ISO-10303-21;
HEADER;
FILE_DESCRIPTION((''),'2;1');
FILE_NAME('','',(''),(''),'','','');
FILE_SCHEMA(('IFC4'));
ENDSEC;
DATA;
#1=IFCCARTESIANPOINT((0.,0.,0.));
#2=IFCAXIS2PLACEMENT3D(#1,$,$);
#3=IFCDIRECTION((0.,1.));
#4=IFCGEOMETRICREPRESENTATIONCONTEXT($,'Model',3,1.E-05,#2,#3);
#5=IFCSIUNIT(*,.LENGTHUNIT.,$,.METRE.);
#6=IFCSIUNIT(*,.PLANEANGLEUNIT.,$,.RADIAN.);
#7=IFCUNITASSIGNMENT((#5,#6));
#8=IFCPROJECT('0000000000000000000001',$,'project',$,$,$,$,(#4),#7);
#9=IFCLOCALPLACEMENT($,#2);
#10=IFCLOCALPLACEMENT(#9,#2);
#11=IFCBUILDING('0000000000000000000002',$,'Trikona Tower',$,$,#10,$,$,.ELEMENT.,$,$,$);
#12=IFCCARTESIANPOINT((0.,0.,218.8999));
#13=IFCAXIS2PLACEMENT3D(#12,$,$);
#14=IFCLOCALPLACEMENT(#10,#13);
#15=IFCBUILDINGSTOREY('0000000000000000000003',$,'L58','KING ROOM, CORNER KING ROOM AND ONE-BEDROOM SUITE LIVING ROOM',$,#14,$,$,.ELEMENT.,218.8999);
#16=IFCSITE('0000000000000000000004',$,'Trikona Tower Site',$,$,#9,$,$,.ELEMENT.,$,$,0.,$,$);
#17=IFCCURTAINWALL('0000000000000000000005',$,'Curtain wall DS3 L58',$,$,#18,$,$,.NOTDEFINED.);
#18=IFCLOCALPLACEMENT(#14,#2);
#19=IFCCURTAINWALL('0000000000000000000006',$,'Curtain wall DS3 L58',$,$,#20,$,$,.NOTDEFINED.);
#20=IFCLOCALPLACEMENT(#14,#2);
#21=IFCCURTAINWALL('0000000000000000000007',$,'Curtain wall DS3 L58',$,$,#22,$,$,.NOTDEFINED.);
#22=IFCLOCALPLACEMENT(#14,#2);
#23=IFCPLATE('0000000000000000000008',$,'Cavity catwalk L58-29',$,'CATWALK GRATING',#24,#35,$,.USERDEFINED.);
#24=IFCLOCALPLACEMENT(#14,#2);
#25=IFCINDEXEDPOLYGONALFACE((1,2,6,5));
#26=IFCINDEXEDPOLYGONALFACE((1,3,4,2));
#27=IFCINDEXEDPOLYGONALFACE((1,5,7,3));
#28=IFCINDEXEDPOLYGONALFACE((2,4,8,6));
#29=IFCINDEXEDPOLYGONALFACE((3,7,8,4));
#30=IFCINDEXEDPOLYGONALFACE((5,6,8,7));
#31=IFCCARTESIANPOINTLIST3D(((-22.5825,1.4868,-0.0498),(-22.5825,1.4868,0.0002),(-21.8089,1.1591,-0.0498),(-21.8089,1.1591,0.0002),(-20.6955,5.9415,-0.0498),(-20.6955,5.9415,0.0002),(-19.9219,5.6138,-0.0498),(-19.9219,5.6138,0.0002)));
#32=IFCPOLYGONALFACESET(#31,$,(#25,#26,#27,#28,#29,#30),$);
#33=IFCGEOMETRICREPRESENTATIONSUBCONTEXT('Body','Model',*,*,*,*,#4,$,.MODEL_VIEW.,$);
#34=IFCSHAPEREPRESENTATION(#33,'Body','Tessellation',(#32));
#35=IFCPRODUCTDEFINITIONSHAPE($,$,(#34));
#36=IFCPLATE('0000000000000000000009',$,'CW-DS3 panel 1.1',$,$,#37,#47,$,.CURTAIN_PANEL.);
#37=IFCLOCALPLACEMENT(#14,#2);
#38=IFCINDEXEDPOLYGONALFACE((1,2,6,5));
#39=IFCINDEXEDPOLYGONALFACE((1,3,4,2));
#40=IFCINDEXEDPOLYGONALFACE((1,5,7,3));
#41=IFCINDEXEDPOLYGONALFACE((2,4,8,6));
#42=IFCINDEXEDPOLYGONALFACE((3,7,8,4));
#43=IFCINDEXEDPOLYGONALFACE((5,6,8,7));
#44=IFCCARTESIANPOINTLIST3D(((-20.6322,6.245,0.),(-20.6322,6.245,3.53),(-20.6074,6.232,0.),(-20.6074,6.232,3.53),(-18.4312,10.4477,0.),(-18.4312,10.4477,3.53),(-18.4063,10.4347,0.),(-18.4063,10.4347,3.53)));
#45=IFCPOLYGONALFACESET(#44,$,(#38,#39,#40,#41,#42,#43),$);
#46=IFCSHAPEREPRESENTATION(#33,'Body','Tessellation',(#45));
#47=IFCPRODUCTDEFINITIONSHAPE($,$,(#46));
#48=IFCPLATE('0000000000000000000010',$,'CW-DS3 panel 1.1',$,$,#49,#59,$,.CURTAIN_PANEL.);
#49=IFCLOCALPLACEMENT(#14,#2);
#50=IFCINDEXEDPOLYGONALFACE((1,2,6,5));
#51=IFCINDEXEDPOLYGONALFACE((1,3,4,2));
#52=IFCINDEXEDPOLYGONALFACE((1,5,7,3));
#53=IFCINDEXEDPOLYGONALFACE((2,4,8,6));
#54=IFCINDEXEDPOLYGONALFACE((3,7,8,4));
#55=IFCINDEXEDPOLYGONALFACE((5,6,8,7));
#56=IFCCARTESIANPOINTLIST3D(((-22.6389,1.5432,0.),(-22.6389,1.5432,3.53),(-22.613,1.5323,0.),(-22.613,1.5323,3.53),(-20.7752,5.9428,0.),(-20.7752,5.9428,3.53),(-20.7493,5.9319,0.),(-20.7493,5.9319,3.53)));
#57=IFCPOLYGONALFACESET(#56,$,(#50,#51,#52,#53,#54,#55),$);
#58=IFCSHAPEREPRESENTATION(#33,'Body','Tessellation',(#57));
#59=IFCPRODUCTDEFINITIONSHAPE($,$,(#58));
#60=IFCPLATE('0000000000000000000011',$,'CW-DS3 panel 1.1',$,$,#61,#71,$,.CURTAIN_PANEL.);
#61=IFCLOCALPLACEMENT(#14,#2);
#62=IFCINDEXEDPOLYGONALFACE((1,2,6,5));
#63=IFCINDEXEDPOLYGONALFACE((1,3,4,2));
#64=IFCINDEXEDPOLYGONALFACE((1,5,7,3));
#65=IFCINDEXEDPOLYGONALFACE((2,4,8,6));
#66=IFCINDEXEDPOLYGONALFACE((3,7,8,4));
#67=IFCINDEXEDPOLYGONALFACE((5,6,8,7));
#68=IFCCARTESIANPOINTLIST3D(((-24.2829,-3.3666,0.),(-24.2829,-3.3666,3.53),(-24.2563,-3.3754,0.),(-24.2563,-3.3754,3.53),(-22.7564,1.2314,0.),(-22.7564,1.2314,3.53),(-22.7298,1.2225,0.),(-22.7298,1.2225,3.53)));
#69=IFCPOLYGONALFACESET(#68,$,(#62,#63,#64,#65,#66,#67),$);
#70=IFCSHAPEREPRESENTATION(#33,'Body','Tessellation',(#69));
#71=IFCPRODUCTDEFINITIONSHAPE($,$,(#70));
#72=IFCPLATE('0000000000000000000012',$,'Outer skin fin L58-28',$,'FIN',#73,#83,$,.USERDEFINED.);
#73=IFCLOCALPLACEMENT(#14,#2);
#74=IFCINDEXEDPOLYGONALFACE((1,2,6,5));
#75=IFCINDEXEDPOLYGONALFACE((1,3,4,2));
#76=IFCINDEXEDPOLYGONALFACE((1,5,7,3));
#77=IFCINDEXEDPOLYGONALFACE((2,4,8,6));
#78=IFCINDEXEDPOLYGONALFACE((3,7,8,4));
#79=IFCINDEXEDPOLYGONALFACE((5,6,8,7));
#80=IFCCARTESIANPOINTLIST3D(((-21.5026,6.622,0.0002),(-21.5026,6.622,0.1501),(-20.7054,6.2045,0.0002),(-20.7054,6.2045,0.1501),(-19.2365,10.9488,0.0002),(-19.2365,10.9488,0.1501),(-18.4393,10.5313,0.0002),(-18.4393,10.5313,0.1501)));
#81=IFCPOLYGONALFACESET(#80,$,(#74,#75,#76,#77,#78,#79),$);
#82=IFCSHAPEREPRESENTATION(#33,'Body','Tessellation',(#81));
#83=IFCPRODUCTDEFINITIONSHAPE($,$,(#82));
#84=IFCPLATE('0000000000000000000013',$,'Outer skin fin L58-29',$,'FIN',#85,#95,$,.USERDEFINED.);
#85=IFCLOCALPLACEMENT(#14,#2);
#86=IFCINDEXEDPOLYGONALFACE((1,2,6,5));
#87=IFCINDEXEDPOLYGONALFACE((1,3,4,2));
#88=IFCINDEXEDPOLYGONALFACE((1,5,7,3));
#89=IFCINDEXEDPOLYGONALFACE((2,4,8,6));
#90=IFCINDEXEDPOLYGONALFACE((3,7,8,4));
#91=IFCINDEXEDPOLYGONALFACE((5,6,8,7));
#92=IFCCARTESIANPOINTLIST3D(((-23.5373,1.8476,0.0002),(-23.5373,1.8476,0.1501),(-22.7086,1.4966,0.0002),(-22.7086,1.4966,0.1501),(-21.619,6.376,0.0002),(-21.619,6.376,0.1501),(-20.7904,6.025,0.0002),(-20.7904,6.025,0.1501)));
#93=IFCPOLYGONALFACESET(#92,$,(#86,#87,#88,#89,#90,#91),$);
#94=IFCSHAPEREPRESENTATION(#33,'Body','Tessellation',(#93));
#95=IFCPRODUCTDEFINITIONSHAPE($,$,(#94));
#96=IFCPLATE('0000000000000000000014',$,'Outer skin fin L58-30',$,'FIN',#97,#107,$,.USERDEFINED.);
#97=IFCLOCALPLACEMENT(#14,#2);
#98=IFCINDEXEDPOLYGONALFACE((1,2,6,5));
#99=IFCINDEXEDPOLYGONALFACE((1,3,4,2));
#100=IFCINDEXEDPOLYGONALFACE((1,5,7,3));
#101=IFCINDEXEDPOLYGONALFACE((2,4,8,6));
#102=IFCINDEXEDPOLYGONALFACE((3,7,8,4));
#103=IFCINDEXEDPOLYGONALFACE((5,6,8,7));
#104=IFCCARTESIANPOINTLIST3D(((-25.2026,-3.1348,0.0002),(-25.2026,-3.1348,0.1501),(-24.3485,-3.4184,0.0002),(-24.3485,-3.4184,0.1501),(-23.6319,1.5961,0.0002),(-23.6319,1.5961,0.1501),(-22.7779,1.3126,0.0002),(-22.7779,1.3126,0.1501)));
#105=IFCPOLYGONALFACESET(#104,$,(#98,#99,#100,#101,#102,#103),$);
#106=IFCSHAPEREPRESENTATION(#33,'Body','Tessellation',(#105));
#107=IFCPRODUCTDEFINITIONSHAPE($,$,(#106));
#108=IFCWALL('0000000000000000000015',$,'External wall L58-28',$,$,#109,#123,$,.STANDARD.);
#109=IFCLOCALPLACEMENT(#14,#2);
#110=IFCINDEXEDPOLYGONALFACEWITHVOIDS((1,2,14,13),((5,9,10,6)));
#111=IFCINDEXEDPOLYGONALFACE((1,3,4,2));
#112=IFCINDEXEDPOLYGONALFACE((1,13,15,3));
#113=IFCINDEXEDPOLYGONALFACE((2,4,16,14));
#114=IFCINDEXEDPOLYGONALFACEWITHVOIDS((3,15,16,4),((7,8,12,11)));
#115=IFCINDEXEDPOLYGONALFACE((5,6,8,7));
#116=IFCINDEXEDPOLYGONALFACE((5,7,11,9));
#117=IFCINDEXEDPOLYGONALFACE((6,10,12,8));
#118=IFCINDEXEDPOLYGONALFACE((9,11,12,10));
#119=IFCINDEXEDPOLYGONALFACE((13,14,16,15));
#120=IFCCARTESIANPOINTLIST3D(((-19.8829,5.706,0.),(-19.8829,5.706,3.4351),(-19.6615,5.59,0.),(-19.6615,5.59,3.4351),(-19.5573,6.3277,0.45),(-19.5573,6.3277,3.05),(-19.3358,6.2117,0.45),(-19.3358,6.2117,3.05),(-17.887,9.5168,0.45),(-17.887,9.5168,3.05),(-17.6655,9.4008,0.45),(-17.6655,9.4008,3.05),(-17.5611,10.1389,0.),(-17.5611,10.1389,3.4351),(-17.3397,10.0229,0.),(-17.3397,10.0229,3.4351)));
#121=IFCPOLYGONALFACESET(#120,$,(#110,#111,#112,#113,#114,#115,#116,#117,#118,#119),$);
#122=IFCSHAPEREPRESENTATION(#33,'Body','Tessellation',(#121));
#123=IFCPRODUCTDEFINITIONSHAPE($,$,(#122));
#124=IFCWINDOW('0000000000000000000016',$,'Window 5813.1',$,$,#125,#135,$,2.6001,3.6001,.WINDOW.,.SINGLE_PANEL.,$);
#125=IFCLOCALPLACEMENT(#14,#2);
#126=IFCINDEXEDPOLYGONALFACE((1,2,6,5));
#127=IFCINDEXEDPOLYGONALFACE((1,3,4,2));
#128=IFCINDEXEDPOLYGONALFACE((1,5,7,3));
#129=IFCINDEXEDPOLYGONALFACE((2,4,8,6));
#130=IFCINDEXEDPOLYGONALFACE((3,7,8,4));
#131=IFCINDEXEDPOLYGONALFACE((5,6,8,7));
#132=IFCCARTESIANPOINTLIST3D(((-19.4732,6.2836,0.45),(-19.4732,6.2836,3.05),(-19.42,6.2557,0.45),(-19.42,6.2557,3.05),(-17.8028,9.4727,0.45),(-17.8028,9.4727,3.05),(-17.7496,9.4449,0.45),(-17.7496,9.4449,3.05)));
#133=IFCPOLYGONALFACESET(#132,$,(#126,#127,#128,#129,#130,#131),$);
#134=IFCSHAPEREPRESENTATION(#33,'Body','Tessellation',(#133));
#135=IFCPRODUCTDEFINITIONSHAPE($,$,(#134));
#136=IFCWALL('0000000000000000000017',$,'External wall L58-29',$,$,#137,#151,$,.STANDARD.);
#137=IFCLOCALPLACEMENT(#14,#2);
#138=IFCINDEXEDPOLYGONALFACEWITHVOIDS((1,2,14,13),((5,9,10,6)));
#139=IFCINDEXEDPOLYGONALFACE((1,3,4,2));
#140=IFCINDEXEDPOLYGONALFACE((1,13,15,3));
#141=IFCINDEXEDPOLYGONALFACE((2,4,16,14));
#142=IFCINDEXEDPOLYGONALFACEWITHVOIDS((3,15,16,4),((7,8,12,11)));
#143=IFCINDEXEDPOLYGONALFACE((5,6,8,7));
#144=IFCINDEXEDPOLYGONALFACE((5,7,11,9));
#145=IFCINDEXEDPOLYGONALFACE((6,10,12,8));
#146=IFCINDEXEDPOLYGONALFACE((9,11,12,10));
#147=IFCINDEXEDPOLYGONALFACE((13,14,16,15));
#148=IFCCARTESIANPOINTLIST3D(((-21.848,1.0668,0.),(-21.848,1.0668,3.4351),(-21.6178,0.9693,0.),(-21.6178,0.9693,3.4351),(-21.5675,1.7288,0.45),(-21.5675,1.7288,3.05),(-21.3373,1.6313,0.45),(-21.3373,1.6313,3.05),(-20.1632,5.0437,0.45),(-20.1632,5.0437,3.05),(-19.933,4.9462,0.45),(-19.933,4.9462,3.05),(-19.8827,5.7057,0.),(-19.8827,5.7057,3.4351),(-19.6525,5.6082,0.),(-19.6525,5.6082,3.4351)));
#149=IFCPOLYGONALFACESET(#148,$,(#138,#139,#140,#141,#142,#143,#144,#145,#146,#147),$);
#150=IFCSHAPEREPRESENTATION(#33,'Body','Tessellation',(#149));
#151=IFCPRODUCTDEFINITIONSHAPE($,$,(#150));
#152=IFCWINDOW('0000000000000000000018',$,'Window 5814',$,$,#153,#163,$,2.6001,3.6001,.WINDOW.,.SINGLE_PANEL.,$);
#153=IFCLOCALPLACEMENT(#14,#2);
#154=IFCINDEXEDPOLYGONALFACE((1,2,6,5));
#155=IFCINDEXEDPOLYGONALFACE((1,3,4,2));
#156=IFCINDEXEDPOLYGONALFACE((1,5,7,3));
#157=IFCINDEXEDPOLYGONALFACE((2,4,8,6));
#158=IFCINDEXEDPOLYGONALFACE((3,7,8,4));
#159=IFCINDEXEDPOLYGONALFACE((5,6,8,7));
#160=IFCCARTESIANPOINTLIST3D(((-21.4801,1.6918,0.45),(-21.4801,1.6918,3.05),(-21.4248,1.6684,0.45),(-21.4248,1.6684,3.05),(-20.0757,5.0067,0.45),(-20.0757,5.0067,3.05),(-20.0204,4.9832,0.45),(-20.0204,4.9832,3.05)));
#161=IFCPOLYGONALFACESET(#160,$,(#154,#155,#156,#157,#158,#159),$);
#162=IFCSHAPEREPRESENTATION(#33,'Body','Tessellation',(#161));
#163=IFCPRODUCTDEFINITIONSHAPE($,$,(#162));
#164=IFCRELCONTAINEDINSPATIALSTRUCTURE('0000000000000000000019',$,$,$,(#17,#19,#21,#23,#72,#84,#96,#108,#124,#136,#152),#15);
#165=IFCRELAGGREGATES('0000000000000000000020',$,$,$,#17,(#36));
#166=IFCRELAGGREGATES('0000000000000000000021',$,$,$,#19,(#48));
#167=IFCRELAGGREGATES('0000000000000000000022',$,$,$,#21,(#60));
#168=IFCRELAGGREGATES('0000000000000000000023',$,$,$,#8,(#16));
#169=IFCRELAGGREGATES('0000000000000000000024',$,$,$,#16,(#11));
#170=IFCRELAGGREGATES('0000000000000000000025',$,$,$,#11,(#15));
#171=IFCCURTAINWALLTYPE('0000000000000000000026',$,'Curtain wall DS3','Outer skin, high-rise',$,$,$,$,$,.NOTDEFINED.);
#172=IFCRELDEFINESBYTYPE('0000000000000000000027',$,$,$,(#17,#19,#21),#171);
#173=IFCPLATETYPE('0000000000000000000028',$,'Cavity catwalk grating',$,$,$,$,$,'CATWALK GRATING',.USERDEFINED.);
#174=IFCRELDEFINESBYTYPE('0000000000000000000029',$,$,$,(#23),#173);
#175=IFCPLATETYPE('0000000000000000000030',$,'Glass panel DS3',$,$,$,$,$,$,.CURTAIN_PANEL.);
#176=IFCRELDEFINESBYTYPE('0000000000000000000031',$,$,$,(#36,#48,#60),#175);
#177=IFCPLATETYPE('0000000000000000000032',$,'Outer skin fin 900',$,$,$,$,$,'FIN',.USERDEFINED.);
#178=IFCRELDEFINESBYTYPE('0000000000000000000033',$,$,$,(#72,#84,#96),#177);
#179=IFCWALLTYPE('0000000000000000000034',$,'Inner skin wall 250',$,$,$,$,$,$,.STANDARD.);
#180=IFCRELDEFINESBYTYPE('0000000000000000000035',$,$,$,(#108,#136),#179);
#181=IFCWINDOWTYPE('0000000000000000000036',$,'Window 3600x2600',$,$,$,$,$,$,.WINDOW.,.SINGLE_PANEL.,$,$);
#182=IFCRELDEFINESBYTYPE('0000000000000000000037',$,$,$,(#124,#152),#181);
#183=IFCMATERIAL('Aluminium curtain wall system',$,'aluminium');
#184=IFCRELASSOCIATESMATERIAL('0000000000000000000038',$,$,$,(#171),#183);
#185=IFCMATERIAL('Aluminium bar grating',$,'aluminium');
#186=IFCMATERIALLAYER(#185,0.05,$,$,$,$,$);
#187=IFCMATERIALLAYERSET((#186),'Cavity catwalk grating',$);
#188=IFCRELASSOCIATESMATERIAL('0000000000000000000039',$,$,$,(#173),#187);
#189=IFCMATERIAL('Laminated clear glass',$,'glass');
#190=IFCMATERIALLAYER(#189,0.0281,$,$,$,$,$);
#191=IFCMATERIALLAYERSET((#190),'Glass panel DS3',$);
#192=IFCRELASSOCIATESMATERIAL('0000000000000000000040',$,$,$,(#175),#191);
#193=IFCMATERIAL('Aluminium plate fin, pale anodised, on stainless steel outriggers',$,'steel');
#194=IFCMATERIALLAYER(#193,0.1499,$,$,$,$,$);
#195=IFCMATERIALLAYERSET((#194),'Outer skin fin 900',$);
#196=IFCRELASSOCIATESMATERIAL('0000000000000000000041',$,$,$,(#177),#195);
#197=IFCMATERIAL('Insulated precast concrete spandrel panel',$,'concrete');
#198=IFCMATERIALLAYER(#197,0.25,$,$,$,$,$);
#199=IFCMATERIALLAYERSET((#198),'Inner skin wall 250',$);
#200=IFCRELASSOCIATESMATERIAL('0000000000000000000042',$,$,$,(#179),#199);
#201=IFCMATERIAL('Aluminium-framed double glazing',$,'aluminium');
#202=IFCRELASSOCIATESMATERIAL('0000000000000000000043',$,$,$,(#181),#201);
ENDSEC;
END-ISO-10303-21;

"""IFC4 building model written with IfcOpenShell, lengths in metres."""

from ifc_helpers import new_model, si_unit, direction, frame, frame_2d, origin, origin_2d, place, context, subcontext, project, spatial, rectangle, extrude, material, layer, layer_set, type_object, element, fill, aggregate, save


model = new_model("IFC4")

# Units and contexts
model_context = context("Model", 3, precision=1e-05, world=origin(), true_north=direction((0.0, 1.0)))
body_context = subcontext(model_context, "Body", "Model", "MODEL_VIEW")
ifc_project = project(units=[si_unit("LENGTHUNIT", "METRE"), si_unit("PLANEANGLEUNIT", "RADIAN")], contexts=[model_context])

# Site, building, storey
site_placement = place(None, origin())
site = spatial("IfcSite", under=ifc_project, at=site_placement, Name="Trikona Tower Site", CompositionType="ELEMENT", RefElevation=0.0)
building_placement = place(site_placement, origin())
building = spatial("IfcBuilding", under=site, at=building_placement, Name="Trikona Tower", CompositionType="ELEMENT")
storey_placement = place(building_placement, frame((0.0, 0.0, 218.8999)))
storey = spatial("IfcBuildingStorey", under=building, at=storey_placement, Name="L58", Description="KING ROOM, CORNER KING ROOM AND ONE-BEDROOM SUITE LIVING ROOM", CompositionType="ELEMENT", Elevation=218.8999)

# Shared definitions
ifc_material_1 = material(Name="Aluminium curtain wall system", Category="aluminium")
curtain_wall_type = type_object("IfcCurtainWallType", Name="Curtain wall DS3", Description="Outer skin, high-rise", PredefinedType="NOTDEFINED", material=ifc_material_1)

# Curtain walls
curtain_wall_1_placement = place(storey_placement, origin())
curtain_wall_1 = element("IfcCurtainWall", 1, at=curtain_wall_1_placement, inside=storey, type_object=curtain_wall_type, Name="Curtain wall DS3 L58", PredefinedType="NOTDEFINED")
curtain_wall_2_placement = place(storey_placement, origin())
curtain_wall_2 = element("IfcCurtainWall", 2, at=curtain_wall_2_placement, inside=storey, type_object=curtain_wall_type, Name="Curtain wall DS3 L58", PredefinedType="NOTDEFINED")

# Curtain wall
curtain_wall_3_placement = place(storey_placement, origin())
curtain_wall_3 = element("IfcCurtainWall", 3, at=curtain_wall_3_placement, inside=storey, type_object=curtain_wall_type, Name="Curtain wall DS3 L58", PredefinedType="NOTDEFINED")

# Plate
ifc_material_2 = material(Name="Aluminium bar grating", Category="aluminium")
ifc_layer_1 = layer(ifc_material_2, 0.05)
ifc_layer_set_1 = layer_set([ifc_layer_1], Name="Cavity catwalk grating")
plate_type_1 = type_object("IfcPlateType", Name="Cavity catwalk grating", ElementType="CATWALK GRATING", PredefinedType="USERDEFINED", material=ifc_layer_set_1)
plate_1_placement = place(storey_placement, frame((-21.2522, 3.5503, -0.0498), z_axis=(0.0, 0.0, 1.0), x_axis=(-0.390051, -0.920793, 0.0)))
element("IfcPlate", 4, at=plate_1_placement, inside=storey, type_object=plate_type_1, Name="Cavity catwalk L58-29", ObjectType="CATWALK GRATING", PredefinedType="USERDEFINED", context=body_context, shape_type="SweptSolid", body=[
    extrude(rectangle(XDim=4.8379, YDim=0.8401, at=origin_2d()), origin(), (0.0, 0.0, 1.0), 0.05),
])

# Plates
ifc_material_3 = material(Name="Laminated clear glass", Category="glass")
ifc_layer_2 = layer(ifc_material_3, 0.0281)
ifc_layer_set_2 = layer_set([ifc_layer_2], Name="Glass panel DS3")
plate_type_2 = type_object("IfcPlateType", Name="Glass panel DS3", PredefinedType="CURTAIN_PANEL", material=ifc_layer_set_2)
plate_2_placement = place(storey_placement, frame((-19.5193, 8.3398, 0.0), z_axis=(0.0, 0.0, 1.0), x_axis=(-0.463948, -0.885862, 0.0)))
plate_2 = element("IfcPlate", 5, at=plate_2_placement, type_object=plate_type_2, Name="CW-DS3 panel 1.1", PredefinedType="CURTAIN_PANEL", context=body_context, shape_type="SweptSolid", body=[
    extrude(rectangle(XDim=4.7441, YDim=0.0281, at=origin_2d()), origin(), (0.0, 0.0, 1.0), 3.53),
])
aggregate(curtain_wall_1, [plate_2])
plate_3_placement = place(storey_placement, frame((-21.6941, 3.7375, 0.0), z_axis=(0.0, 0.0, 1.0), x_axis=(-0.390053, -0.920792, 0.0)))
plate_3 = element("IfcPlate", 6, at=plate_3_placement, type_object=plate_type_2, Name="CW-DS3 panel 1.1", PredefinedType="CURTAIN_PANEL", context=body_context, shape_type="SweptSolid", body=[
    extrude(rectangle(XDim=4.7781, YDim=0.0281, at=origin_2d()), origin(), (0.0, 0.0, 1.0), 3.53),
])
aggregate(curtain_wall_2, [plate_3])
plate_4_placement = place(storey_placement, frame((-23.5063, -1.072, 0.0), z_axis=(0.0, 0.0, 1.0), x_axis=(-0.315078, -0.949066, 0.0)))
plate_4 = element("IfcPlate", 7, at=plate_4_placement, type_object=plate_type_2, Name="CW-DS3 panel 1.1", PredefinedType="CURTAIN_PANEL", context=body_context, shape_type="SweptSolid", body=[
    extrude(rectangle(XDim=4.8447, YDim=0.0281, at=origin_2d()), origin(), (0.0, 0.0, 1.0), 3.53),
])
aggregate(curtain_wall_3, [plate_4])

# Plates
ifc_material_4 = material(Name="Aluminium plate fin, pale anodised, on stainless steel outriggers", Category="steel")
ifc_layer_3 = layer(ifc_material_4, 0.1499)
ifc_layer_set_3 = layer_set([ifc_layer_3], Name="Outer skin fin 900")
plate_type_3 = type_object("IfcPlateType", Name="Outer skin fin 900", ElementType="FIN", PredefinedType="USERDEFINED", material=ifc_layer_set_3)
plate_5_placement = place(storey_placement, frame((-19.9709, 8.5767, 0.0002), z_axis=(0.0, 0.0, 1.0), x_axis=(-0.463952, -0.88586, 0.0)))
element("IfcPlate", 8, at=plate_5_placement, inside=storey, type_object=plate_type_3, Name="Outer skin fin L58-28", ObjectType="FIN", PredefinedType="USERDEFINED", context=body_context, shape_type="SweptSolid", body=[
    extrude(rectangle(XDim=4.8843, YDim=0.8999, at=origin_2d()), origin(), (0.0, 0.0, 1.0), 0.1499),
])
plate_6_placement = place(storey_placement, frame((-22.1638, 3.9363, 0.0002), z_axis=(0.0, 0.0, 1.0), x_axis=(-0.390051, -0.920793, 0.0)))
element("IfcPlate", 9, at=plate_6_placement, inside=storey, type_object=plate_type_3, Name="Outer skin fin L58-29", ObjectType="FIN", PredefinedType="USERDEFINED", context=body_context, shape_type="SweptSolid", body=[
    extrude(rectangle(XDim=4.918, YDim=0.8999, at=origin_2d()), origin(), (0.0, 0.0, 1.0), 0.1499),
])
plate_7_placement = place(storey_placement, frame((-23.9902, -0.9111, 0.0002), z_axis=(0.0, 0.0, 1.0), x_axis=(-0.315093, -0.949061, 0.0)))
element("IfcPlate", 10, at=plate_7_placement, inside=storey, type_object=plate_type_3, Name="Outer skin fin L58-30", ObjectType="FIN", PredefinedType="USERDEFINED", context=body_context, shape_type="SweptSolid", body=[
    extrude(rectangle(XDim=4.9849, YDim=0.8999, at=origin_2d()), origin(), (0.0, 0.0, 1.0), 0.1499),
])

# Walls, openings, windows
ifc_material_5 = material(Name="Insulated precast concrete spandrel panel", Category="concrete")
ifc_layer_4 = layer(ifc_material_5, 0.25)
ifc_layer_set_4 = layer_set([ifc_layer_4], Name="Inner skin wall 250")
wall_type = type_object("IfcWallType", Name="Inner skin wall 250", PredefinedType="STANDARD", material=ifc_layer_set_4)
wall_1_placement = place(storey_placement, frame((-17.4504, 10.0808, 0.0), z_axis=(0.0, 0.0, 1.0), x_axis=(-0.463976, -0.885848, 0.0)))
wall_1 = element("IfcWall", 11, at=wall_1_placement, inside=storey, type_object=wall_type, Name="External wall L58-28", PredefinedType="STANDARD", context=body_context, shape_type="SweptSolid", body=[
    extrude(rectangle(XDim=5.0042, YDim=0.25, at=frame_2d((2.502, 0.0))), origin(), (0.0, 0.0, 1.0), 3.4351),
])
opening_1_placement = place(wall_1_placement, frame((0.7021, 0.0, 0.45)))
opening_1 = element("IfcOpeningElement", 12, at=opening_1_placement, cuts=wall_1, PredefinedType="OPENING", context=body_context, shape_type="SweptSolid", body=[
    extrude(rectangle(XDim=3.6001, YDim=2.6001, at=frame_2d((1.8, 1.3))), frame((0.0, 0.135, 0.0), z_axis=(0.0, -1.0, 0.0), x_axis=(1.0, 0.0, 0.0)), (0.0, 0.0, 1.0), 0.27),
])
ifc_material_6 = material(Name="Aluminium-framed double glazing", Category="aluminium")
window_type = type_object("IfcWindowType", Name="Window 3600x2600", PartitioningType="SINGLE_PANEL", PredefinedType="WINDOW", material=ifc_material_6)
window_1_placement = place(opening_1_placement, origin())
window_1 = element("IfcWindow", 13, at=window_1_placement, inside=storey, type_object=window_type, Name="Window 5813.1", OverallHeight=2.6001, OverallWidth=3.6001, PartitioningType="SINGLE_PANEL", PredefinedType="WINDOW", context=body_context, shape_type="SweptSolid", body=[
    extrude(rectangle(XDim=3.6001, YDim=2.6001, at=frame_2d((1.8, 1.3))), frame((0.0, 0.03, 0.0), z_axis=(0.0, -1.0, 0.0), x_axis=(1.0, 0.0, 0.0)), (0.0, 0.0, 1.0), 0.0601),
])
fill(opening_1, window_1)
wall_2_placement = place(storey_placement, frame((-19.7676, 5.657, 0.0), z_axis=(0.0, 0.0, 1.0), x_axis=(-0.390097, -0.920774, 0.0)))
wall_2 = element("IfcWall", 14, at=wall_2_placement, inside=storey, type_object=wall_type, Name="External wall L58-29", PredefinedType="STANDARD", context=body_context, shape_type="SweptSolid", body=[
    extrude(rectangle(XDim=5.0381, YDim=0.25, at=frame_2d((2.519, 0.0))), origin(), (0.0, 0.0, 1.0), 3.4351),
])
opening_2_placement = place(wall_2_placement, frame((0.719, 0.0, 0.45)))
opening_2 = element("IfcOpeningElement", 15, at=opening_2_placement, cuts=wall_2, PredefinedType="OPENING", context=body_context, shape_type="SweptSolid", body=[
    extrude(rectangle(XDim=3.6001, YDim=2.6001, at=frame_2d((1.8, 1.3))), frame((0.0, 0.135, 0.0), z_axis=(0.0, -1.0, 0.0), x_axis=(1.0, 0.0, 0.0)), (0.0, 0.0, 1.0), 0.27),
])
window_2_placement = place(opening_2_placement, origin())
window_2 = element("IfcWindow", 16, at=window_2_placement, inside=storey, type_object=window_type, Name="Window 5814", OverallHeight=2.6001, OverallWidth=3.6001, PartitioningType="SINGLE_PANEL", PredefinedType="WINDOW", context=body_context, shape_type="SweptSolid", body=[
    extrude(rectangle(XDim=3.6001, YDim=2.6001, at=frame_2d((1.8, 1.3))), frame((0.0, 0.03, 0.0), z_axis=(0.0, -1.0, 0.0), x_axis=(1.0, 0.0, 0.0)), (0.0, 0.0, 1.0), 0.0601),
])
fill(opening_2, window_2)

save(model, "model.ifc")
